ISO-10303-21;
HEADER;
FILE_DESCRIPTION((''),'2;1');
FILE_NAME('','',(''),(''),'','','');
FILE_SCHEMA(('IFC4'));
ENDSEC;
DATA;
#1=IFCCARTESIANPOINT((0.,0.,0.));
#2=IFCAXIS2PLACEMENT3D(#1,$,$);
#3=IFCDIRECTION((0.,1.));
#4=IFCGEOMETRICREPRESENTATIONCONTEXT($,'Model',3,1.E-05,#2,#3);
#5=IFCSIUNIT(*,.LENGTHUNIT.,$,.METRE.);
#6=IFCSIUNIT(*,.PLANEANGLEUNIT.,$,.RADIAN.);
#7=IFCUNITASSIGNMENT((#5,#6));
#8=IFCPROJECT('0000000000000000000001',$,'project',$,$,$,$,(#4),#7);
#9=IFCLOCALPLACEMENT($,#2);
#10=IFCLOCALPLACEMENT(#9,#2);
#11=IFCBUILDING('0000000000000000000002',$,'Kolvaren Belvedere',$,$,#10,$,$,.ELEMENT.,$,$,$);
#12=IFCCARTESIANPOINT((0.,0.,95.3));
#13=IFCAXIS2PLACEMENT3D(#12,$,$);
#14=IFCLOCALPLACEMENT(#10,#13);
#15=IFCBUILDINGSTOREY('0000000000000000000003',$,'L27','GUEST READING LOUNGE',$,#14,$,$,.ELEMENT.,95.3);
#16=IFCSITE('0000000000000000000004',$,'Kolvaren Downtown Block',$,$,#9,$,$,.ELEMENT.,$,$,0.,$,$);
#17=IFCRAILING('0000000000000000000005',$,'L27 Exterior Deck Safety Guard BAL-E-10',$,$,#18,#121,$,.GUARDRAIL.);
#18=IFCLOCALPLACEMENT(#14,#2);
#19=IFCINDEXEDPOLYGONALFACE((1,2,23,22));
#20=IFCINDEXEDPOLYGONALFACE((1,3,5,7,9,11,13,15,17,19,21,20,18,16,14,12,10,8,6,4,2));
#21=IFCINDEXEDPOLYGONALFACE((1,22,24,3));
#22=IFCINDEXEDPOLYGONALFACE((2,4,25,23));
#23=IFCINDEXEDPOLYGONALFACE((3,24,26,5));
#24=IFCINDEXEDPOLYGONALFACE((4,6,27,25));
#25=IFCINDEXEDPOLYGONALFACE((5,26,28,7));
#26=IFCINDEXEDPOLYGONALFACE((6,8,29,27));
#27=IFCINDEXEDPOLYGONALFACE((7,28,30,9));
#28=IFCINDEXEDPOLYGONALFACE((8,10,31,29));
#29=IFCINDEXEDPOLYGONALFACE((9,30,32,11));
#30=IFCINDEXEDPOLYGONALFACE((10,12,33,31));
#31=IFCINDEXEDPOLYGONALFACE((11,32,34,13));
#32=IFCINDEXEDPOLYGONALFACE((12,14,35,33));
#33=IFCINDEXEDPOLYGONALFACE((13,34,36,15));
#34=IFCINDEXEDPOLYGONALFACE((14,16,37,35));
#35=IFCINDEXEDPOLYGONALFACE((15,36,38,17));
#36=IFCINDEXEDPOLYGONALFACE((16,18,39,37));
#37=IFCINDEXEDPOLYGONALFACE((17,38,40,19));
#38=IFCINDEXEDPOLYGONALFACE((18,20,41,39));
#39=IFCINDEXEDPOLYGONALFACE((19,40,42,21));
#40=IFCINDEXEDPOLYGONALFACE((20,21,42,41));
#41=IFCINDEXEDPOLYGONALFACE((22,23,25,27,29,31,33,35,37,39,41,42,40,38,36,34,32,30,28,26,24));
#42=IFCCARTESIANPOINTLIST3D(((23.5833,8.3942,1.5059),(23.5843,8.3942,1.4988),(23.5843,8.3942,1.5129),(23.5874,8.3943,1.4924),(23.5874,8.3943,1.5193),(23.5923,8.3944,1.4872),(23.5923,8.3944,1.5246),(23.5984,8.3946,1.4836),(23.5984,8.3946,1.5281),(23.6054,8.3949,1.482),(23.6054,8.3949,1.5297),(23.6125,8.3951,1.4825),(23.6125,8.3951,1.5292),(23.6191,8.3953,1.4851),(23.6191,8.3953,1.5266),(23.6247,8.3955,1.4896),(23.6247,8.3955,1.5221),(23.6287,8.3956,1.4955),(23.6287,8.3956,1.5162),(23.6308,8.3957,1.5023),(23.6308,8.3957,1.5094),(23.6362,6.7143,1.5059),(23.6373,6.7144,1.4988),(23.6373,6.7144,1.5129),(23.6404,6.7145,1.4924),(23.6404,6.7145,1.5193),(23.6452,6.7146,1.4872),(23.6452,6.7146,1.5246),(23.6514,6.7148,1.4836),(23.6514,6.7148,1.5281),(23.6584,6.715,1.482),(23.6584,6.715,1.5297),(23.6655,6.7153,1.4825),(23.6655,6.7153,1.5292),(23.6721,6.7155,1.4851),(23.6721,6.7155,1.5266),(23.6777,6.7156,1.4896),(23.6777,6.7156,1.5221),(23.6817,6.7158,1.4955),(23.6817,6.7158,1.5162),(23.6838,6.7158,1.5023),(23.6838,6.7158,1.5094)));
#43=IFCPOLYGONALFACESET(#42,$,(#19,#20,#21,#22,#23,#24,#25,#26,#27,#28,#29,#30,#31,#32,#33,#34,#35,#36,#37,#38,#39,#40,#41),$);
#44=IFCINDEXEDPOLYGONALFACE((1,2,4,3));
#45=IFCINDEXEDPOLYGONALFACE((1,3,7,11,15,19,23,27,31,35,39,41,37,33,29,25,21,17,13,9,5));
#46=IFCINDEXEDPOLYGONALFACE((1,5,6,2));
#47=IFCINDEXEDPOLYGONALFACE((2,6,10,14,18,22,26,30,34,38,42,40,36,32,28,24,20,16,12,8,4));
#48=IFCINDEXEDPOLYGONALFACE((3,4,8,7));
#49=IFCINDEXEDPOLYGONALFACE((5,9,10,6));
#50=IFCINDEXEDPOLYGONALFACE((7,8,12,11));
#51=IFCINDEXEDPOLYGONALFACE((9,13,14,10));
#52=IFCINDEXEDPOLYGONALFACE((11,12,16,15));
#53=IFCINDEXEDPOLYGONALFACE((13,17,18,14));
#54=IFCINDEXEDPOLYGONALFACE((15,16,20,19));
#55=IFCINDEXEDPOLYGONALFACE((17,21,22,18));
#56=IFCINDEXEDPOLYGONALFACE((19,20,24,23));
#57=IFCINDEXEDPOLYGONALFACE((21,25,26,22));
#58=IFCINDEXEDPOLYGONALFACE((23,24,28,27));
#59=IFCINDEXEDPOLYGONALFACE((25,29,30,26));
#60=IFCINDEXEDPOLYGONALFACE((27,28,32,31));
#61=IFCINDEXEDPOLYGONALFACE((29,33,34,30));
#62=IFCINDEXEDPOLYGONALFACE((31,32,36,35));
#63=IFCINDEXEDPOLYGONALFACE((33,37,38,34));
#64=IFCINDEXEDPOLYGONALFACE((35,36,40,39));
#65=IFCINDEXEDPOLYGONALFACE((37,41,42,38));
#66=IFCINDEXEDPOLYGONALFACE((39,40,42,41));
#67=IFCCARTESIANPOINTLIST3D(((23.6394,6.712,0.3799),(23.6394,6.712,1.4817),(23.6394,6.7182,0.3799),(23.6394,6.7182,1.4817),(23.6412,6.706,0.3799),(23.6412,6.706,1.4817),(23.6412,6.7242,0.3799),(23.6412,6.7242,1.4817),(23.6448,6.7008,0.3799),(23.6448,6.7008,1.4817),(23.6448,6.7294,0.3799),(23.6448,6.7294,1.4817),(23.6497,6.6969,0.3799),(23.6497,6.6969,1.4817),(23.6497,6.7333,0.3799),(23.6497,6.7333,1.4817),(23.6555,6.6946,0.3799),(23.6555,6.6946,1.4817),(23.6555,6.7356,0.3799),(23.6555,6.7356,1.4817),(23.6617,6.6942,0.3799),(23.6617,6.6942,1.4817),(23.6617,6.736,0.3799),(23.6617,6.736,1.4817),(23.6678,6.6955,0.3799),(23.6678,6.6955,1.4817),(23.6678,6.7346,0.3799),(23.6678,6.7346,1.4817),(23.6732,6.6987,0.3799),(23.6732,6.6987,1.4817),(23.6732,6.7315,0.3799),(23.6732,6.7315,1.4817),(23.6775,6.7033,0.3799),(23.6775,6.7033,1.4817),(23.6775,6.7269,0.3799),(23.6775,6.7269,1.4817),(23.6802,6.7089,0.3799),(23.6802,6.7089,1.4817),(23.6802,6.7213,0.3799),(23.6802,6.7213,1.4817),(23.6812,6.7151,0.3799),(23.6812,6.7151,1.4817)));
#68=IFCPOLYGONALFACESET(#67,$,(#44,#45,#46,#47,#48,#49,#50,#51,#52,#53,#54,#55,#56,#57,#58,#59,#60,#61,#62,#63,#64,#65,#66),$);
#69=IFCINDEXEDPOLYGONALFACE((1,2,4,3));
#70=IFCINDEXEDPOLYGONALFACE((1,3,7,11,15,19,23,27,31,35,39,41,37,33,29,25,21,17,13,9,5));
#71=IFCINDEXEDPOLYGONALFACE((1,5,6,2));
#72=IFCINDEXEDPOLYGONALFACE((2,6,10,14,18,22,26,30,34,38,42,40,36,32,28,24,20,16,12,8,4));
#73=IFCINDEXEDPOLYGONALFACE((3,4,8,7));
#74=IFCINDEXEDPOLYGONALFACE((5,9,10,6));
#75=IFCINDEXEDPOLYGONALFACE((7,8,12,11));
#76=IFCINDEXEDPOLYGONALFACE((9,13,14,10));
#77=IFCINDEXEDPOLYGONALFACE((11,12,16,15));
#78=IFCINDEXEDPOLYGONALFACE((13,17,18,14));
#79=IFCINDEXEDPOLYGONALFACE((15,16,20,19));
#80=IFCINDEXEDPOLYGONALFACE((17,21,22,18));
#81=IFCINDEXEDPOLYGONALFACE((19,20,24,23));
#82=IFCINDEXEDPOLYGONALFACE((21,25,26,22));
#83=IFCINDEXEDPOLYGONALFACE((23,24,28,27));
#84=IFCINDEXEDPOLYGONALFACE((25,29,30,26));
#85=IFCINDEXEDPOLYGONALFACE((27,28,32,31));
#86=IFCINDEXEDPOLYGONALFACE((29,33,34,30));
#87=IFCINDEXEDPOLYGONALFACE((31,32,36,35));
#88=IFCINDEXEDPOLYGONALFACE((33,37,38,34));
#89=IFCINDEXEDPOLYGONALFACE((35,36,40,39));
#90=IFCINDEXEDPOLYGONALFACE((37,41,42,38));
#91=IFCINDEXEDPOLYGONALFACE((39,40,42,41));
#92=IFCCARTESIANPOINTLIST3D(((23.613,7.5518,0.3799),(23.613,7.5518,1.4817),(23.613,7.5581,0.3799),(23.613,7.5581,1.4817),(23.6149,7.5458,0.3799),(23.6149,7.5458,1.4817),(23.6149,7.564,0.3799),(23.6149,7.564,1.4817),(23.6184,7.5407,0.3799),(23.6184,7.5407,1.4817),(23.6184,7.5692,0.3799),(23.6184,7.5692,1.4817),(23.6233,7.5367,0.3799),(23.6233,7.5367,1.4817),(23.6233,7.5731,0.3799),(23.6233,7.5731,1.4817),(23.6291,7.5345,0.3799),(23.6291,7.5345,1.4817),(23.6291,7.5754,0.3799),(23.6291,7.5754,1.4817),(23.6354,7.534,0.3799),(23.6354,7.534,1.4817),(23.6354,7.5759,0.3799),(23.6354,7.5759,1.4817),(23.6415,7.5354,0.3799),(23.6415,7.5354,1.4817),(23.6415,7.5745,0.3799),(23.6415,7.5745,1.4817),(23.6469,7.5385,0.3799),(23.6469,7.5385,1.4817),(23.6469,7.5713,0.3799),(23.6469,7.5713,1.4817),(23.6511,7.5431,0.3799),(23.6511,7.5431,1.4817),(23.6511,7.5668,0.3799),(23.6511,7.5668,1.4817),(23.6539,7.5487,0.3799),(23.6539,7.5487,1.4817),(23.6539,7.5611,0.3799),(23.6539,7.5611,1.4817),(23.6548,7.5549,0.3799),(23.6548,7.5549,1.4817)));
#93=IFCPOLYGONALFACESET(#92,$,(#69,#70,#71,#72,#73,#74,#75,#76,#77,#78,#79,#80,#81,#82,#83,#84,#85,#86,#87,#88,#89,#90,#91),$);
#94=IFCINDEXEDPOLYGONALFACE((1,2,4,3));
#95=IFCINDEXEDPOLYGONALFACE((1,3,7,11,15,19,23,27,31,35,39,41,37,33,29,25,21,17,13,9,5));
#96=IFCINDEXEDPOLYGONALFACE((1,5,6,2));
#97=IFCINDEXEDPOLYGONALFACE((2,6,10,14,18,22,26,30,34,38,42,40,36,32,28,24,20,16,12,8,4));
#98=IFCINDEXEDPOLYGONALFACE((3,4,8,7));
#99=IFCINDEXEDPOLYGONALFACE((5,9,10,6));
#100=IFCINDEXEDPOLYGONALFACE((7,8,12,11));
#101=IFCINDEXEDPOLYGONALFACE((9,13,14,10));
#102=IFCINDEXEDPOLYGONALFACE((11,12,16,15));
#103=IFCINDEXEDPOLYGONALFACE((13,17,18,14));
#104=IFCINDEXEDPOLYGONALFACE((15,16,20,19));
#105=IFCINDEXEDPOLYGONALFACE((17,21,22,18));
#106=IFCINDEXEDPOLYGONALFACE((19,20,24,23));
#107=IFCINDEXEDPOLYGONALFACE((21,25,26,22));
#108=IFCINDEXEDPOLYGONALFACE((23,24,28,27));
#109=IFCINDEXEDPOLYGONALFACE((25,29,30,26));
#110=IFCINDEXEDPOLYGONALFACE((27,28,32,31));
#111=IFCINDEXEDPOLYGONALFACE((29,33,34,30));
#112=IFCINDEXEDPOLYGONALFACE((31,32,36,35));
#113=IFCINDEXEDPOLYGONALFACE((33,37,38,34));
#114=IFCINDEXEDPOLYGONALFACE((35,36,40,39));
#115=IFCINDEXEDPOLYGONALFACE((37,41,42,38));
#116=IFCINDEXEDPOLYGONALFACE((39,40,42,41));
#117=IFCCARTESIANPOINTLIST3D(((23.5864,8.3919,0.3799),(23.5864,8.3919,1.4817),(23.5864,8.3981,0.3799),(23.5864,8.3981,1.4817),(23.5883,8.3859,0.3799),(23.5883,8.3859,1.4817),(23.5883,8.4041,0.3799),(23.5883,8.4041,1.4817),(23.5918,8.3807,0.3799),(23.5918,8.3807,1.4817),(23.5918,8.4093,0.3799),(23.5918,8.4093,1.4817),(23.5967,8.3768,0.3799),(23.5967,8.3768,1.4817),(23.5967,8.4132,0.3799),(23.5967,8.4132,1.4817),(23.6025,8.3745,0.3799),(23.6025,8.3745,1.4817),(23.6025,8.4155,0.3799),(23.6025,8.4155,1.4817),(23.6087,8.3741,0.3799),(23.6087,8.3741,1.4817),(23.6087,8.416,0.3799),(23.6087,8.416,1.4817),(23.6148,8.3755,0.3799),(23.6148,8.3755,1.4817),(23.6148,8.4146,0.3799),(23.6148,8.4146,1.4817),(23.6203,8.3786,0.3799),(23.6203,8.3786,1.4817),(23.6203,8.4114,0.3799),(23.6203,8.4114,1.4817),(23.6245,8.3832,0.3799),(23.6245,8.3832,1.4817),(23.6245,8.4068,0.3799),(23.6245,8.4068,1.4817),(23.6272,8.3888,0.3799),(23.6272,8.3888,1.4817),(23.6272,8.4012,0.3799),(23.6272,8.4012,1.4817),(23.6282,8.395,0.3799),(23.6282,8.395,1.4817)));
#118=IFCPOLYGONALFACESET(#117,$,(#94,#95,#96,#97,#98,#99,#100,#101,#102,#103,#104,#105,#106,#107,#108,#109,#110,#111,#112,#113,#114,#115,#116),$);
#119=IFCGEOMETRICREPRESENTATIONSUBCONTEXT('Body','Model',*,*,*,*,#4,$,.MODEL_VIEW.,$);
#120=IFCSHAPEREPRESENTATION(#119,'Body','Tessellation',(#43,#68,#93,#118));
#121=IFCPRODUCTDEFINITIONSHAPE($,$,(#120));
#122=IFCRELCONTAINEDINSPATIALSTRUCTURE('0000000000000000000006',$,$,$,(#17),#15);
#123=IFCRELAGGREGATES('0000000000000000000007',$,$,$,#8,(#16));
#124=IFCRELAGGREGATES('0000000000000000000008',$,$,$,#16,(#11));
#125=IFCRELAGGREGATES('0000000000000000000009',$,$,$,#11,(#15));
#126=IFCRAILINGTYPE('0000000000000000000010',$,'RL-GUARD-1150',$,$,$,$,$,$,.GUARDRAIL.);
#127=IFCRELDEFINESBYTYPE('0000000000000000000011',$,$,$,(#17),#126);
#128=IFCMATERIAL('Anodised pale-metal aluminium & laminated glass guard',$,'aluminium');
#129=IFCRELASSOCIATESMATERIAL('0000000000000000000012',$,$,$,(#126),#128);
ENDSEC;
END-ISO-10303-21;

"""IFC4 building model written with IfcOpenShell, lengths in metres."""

from ifc_helpers import new_model, si_unit, direction, frame, origin, origin_2d, place, context, subcontext, project, spatial, circle, extrude, material, type_object, element, save


model = new_model("IFC4")

# Units and contexts
model_context = context("Model", 3, precision=1e-05, world=origin(), true_north=direction((0.0, 1.0)))
body_context = subcontext(model_context, "Body", "Model", "MODEL_VIEW")
ifc_project = project(units=[si_unit("LENGTHUNIT", "METRE"), si_unit("PLANEANGLEUNIT", "RADIAN")], contexts=[model_context])

# Site, building, storey
site_placement = place(None, origin())
site = spatial("IfcSite", under=ifc_project, at=site_placement, Name="Kolvaren Downtown Block", CompositionType="ELEMENT", RefElevation=0.0)
building_placement = place(site_placement, origin())
building = spatial("IfcBuilding", under=site, at=building_placement, Name="Kolvaren Belvedere", CompositionType="ELEMENT")
storey_placement = place(building_placement, frame((0.0, 0.0, 95.3)))
storey = spatial("IfcBuildingStorey", under=building, at=storey_placement, Name="L27", Description="GUEST READING LOUNGE", CompositionType="ELEMENT", Elevation=95.3)

# Railing
ifc_material_1 = material(Name="Anodised pale-metal aluminium & laminated glass guard", Category="aluminium")
railing_type = type_object("IfcRailingType", Name="RL-GUARD-1150", PredefinedType="GUARDRAIL", material=ifc_material_1)
railing_1_placement = place(storey_placement, frame((23.6602, 6.7151, 0.3799)))
element("IfcRailing", 1, at=railing_1_placement, inside=storey, type_object=railing_type, Name="L27 Exterior Deck Safety Guard BAL-E-10", PredefinedType="GUARDRAIL", context=body_context, shape_type="SweptSolid", body=[
    extrude(circle(Radius=0.0239, at=origin_2d()), frame((0.0, 0.0, 1.126), z_axis=(-0.03152, 0.999503, 0.0), x_axis=(-0.999503, -0.03152, 0.0)), (0.0, 0.0, 1.0), 1.6807),
    extrude(circle(Radius=0.021, at=origin_2d()), origin(), (0.0, 0.0, 1.0), 1.1018),
    extrude(circle(Radius=0.021, at=origin_2d()), frame((-0.0264, 0.8398, 0.0)), (0.0, 0.0, 1.0), 1.1018),
    extrude(circle(Radius=0.021, at=origin_2d()), frame((-0.053, 1.6799, 0.0)), (0.0, 0.0, 1.0), 1.1018),
])

save(model, "model.ifc")
